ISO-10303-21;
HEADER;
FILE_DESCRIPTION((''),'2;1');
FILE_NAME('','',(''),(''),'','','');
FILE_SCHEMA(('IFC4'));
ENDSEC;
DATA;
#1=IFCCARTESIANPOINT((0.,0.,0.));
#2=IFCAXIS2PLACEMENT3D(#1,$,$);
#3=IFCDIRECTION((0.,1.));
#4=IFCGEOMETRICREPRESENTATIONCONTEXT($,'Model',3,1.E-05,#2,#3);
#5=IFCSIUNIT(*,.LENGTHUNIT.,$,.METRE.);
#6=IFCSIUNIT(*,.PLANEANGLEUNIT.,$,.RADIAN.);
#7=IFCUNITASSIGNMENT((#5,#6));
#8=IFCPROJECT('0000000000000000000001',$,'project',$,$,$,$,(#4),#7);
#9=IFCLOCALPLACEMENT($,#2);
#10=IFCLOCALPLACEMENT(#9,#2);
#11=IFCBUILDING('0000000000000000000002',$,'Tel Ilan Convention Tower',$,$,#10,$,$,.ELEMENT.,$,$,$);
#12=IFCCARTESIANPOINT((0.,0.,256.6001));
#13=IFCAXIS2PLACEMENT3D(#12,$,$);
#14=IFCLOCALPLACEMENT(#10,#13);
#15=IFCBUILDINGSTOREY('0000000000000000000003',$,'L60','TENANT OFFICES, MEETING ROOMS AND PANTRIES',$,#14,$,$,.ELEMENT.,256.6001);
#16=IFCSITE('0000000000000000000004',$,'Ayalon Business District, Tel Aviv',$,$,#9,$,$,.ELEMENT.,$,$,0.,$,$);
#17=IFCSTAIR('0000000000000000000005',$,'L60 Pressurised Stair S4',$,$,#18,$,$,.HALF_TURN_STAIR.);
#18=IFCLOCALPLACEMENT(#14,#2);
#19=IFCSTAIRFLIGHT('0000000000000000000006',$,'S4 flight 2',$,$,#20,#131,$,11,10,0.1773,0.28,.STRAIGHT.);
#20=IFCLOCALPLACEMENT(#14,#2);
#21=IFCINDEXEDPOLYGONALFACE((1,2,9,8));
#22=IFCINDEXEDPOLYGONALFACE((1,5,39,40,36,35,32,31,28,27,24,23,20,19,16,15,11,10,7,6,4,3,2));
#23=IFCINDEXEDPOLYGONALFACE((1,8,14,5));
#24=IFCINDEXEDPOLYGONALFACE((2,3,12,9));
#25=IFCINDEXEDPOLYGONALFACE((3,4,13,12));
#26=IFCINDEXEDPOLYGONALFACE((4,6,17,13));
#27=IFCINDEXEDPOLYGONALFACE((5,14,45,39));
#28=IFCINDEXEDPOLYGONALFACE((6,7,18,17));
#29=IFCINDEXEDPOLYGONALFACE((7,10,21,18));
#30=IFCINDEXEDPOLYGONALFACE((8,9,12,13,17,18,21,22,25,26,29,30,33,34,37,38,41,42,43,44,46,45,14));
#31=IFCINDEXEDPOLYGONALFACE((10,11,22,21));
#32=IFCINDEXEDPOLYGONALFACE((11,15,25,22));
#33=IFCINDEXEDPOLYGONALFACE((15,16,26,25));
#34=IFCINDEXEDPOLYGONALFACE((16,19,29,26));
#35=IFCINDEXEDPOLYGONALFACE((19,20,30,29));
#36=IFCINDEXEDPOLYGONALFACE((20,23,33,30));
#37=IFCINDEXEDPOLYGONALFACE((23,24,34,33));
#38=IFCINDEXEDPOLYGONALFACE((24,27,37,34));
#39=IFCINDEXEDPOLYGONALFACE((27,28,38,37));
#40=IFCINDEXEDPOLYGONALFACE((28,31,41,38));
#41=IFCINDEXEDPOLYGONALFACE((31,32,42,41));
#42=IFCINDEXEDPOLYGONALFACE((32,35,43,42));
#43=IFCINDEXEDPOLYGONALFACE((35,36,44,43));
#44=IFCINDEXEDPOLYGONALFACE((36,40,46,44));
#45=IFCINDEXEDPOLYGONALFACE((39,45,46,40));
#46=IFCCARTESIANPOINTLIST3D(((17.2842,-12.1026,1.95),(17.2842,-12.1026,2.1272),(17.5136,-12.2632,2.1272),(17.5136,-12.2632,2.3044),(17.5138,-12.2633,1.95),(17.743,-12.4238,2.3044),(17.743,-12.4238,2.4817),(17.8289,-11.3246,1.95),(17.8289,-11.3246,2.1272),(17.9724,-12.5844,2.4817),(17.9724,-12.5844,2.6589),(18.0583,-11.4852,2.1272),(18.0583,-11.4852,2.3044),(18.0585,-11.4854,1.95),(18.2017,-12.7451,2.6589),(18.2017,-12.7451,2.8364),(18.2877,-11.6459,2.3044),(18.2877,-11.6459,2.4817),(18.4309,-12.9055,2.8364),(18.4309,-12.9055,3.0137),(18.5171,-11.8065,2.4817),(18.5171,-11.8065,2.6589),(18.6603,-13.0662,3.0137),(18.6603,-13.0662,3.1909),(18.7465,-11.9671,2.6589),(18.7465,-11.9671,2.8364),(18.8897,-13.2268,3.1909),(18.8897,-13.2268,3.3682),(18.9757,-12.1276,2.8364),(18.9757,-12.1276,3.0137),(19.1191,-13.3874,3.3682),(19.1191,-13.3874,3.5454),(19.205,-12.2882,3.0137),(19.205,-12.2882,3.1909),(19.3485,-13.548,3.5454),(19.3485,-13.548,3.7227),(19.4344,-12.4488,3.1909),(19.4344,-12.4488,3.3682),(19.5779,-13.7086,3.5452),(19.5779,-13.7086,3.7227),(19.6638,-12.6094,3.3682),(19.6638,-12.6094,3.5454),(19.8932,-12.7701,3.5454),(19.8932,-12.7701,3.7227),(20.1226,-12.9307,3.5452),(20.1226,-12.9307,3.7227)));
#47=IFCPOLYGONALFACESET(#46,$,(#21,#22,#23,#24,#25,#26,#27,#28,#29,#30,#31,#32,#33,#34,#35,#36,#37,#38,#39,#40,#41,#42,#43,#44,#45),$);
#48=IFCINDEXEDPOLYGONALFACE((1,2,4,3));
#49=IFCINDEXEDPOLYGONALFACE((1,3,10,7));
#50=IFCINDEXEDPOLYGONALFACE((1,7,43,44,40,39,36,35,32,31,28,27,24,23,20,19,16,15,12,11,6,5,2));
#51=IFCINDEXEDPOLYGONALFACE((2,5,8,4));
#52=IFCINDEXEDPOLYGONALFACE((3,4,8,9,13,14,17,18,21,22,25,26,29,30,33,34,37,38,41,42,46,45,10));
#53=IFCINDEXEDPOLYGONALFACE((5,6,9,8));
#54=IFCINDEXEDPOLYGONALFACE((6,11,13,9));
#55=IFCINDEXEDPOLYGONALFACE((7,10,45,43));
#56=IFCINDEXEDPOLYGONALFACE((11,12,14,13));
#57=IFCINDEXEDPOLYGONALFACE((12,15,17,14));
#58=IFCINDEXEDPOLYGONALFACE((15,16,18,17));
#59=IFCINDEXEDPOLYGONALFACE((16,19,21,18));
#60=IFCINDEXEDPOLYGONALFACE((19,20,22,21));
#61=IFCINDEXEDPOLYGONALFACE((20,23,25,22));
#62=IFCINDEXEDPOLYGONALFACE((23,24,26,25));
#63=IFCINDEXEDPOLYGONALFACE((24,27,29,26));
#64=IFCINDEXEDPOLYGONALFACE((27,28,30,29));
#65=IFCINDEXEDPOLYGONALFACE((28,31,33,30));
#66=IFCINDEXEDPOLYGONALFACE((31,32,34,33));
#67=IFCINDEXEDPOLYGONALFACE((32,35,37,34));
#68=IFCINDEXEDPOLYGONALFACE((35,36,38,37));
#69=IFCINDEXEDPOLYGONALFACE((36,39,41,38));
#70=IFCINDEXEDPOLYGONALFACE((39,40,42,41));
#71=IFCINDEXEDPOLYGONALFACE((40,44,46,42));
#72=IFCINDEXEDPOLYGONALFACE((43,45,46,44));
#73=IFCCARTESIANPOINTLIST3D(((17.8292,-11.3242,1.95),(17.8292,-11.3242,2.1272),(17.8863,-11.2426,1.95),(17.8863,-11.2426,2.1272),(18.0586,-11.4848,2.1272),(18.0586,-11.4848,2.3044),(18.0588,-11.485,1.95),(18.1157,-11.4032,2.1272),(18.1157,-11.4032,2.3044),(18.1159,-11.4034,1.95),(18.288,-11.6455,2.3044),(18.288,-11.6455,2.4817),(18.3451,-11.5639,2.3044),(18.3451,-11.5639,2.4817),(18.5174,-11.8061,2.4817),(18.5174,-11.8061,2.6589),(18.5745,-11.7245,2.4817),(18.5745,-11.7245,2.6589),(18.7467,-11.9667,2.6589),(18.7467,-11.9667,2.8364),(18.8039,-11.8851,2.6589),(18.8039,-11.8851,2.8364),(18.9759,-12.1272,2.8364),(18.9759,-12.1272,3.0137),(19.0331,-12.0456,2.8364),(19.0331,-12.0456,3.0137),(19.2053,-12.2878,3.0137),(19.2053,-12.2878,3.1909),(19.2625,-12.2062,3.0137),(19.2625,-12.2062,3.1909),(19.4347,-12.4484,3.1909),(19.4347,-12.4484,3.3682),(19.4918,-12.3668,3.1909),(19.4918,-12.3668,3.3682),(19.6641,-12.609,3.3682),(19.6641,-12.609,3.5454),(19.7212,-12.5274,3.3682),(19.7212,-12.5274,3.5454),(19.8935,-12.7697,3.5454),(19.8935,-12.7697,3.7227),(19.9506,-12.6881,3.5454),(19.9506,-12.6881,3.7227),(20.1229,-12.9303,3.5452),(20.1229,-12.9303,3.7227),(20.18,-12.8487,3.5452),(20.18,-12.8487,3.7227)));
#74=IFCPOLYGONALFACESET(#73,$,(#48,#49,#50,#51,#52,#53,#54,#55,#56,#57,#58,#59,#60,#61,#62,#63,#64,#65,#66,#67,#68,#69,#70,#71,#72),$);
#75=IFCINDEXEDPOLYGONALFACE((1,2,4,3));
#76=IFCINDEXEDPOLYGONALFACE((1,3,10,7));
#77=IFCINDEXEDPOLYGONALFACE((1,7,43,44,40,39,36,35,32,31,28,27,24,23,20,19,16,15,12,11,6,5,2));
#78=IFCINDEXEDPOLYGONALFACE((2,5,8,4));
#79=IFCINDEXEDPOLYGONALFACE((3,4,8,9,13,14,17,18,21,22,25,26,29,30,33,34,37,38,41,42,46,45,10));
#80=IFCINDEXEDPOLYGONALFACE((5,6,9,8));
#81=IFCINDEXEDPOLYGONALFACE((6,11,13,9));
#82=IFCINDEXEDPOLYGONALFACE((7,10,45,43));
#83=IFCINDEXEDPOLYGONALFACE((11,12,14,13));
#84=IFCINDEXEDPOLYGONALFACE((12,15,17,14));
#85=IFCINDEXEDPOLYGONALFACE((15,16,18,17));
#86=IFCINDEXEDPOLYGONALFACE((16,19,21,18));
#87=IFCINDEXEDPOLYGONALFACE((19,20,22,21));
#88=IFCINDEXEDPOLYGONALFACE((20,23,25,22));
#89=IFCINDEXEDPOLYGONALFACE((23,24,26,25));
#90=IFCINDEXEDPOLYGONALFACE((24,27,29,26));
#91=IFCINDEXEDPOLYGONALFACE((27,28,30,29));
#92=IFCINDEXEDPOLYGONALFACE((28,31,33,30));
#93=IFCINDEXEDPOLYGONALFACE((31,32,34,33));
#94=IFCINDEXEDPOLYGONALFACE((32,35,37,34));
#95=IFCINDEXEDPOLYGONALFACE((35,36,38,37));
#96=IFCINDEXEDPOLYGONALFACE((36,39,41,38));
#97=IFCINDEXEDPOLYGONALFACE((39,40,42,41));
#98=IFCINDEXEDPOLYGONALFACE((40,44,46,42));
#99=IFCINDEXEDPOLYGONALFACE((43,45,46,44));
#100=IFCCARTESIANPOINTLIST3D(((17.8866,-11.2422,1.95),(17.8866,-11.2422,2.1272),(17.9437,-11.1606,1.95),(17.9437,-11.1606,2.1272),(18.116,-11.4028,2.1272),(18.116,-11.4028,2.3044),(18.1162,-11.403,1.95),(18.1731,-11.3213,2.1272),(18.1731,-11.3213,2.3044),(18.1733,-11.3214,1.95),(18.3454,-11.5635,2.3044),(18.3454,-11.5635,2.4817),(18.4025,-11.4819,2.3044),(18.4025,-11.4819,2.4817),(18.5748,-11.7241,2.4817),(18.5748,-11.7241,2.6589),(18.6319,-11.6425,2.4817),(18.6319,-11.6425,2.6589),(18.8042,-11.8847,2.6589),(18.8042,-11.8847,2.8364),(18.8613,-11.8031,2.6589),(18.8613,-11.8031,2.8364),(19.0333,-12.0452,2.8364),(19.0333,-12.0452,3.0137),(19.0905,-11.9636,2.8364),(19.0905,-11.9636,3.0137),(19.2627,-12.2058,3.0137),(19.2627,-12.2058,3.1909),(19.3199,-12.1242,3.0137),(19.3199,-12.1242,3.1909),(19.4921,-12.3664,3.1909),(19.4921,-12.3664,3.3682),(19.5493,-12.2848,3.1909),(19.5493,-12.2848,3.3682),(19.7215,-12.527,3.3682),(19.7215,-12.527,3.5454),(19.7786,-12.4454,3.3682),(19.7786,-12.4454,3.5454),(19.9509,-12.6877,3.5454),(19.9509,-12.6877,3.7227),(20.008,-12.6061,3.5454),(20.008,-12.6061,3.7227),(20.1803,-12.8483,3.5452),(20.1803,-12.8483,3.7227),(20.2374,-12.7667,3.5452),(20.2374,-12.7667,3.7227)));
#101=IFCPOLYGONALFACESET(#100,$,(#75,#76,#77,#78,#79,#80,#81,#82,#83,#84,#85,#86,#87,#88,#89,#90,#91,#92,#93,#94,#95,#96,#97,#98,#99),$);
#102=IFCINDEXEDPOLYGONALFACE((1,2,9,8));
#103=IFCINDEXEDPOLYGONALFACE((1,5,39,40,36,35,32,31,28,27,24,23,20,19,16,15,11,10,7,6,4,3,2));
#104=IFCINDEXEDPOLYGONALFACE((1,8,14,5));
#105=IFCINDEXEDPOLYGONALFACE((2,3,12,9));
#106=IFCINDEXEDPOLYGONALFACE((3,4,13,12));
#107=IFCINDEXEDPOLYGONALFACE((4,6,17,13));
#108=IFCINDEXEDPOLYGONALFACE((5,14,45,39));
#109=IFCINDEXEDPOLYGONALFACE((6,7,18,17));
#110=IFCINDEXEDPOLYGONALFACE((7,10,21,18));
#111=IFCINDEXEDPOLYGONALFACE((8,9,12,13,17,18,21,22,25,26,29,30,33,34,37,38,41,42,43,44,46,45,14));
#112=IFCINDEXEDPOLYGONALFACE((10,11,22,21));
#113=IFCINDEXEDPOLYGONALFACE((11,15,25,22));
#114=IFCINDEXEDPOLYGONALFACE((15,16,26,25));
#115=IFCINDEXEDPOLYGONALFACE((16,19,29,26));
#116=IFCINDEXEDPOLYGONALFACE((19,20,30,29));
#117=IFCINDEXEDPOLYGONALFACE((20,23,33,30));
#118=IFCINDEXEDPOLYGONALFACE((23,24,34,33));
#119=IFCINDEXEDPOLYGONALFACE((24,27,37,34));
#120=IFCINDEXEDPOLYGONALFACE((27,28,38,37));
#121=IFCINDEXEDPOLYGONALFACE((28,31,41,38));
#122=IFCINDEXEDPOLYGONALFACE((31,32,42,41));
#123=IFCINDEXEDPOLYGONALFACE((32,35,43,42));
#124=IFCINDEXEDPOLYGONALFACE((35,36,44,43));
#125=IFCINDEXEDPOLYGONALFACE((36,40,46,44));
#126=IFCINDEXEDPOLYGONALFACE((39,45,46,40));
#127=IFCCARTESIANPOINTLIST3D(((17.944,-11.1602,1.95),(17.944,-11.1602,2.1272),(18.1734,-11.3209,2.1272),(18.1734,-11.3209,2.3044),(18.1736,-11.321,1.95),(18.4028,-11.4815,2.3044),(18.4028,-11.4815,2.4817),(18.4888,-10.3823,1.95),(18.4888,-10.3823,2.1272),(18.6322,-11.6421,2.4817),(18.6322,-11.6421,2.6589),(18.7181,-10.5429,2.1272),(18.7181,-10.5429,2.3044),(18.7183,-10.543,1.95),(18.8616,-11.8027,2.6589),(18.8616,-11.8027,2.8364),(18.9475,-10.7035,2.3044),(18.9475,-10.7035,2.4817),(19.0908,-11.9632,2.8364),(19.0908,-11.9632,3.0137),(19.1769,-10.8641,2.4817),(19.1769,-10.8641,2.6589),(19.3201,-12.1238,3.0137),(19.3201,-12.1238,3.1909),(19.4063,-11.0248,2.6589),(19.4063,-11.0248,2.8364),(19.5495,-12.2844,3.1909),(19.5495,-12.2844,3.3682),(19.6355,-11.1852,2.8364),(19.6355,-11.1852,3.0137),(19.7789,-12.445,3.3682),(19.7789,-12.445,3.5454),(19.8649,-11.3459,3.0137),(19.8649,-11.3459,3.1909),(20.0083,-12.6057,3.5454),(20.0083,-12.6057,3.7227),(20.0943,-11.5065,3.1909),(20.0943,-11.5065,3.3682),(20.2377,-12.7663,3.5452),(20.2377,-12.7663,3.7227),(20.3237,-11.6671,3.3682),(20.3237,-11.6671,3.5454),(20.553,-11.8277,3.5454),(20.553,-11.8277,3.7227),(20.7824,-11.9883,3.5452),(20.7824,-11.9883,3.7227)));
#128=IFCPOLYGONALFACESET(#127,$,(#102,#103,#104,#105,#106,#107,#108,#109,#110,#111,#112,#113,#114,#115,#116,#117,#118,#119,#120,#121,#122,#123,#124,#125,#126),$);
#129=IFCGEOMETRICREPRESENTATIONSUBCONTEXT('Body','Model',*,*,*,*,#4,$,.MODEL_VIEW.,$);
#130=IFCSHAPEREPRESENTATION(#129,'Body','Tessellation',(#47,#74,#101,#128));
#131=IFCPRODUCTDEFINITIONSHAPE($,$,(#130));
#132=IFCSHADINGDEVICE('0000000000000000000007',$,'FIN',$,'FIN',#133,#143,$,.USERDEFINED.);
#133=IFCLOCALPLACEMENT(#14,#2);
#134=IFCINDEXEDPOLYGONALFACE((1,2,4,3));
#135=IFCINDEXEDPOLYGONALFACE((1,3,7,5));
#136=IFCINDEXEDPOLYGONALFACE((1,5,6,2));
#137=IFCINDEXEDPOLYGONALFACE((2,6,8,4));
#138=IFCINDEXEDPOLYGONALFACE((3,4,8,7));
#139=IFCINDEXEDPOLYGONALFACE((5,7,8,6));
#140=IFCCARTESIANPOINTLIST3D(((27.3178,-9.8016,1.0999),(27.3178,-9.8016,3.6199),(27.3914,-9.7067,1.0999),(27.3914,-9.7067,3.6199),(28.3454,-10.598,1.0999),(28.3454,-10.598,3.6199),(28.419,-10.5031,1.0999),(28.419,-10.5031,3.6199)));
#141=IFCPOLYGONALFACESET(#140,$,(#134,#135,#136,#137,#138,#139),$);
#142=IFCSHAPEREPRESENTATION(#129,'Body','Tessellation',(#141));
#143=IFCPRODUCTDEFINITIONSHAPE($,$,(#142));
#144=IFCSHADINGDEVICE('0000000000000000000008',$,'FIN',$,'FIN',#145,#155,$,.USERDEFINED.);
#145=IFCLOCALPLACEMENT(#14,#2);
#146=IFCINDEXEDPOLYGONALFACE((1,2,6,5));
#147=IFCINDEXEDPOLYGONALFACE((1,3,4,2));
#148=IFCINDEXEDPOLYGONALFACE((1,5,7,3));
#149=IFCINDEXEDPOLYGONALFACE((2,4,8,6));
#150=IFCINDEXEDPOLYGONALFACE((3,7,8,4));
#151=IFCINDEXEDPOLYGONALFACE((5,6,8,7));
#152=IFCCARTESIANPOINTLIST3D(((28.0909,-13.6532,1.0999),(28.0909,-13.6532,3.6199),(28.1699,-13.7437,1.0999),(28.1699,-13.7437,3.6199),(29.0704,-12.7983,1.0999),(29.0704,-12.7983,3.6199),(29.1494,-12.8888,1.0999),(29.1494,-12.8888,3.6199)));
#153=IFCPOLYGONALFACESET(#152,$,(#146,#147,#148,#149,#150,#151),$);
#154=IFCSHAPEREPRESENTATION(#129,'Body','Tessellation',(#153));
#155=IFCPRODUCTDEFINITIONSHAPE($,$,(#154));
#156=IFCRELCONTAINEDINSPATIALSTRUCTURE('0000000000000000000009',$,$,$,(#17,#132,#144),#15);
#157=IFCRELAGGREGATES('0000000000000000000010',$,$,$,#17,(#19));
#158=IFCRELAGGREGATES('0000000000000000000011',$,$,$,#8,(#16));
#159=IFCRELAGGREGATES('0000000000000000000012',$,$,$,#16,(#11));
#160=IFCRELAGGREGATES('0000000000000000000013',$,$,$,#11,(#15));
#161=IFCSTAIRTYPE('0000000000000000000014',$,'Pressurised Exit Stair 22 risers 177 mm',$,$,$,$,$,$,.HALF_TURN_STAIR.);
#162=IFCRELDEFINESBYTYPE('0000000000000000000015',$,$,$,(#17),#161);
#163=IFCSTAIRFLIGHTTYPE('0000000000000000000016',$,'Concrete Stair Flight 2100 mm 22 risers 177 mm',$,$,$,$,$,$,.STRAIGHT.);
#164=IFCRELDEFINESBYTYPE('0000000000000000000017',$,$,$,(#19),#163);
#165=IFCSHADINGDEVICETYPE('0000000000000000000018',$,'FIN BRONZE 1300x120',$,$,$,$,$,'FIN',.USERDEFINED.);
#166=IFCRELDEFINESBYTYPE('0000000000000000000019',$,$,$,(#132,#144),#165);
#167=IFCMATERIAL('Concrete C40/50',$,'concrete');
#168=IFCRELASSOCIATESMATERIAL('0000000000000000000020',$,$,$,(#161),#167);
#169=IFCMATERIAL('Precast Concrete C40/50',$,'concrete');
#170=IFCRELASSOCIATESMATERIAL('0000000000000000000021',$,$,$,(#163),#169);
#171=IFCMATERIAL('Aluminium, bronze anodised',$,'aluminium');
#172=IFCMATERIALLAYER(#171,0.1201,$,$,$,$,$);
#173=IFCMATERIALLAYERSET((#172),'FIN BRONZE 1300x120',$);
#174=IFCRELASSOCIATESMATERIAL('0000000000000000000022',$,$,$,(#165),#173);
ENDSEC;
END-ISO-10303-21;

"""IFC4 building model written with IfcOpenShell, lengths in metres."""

from ifc_helpers import new_model, si_unit, direction, frame, origin, origin_2d, place, context, subcontext, project, spatial, polyline, rectangle, outline, extrude, material, layer, layer_set, type_object, element, aggregate, save


model = new_model("IFC4")

# Units and contexts
model_context = context("Model", 3, precision=1e-05, world=origin(), true_north=direction((0.0, 1.0)))
body_context = subcontext(model_context, "Body", "Model", "MODEL_VIEW")
ifc_project = project(units=[si_unit("LENGTHUNIT", "METRE"), si_unit("PLANEANGLEUNIT", "RADIAN")], contexts=[model_context])

# Site, building, storey
site_placement = place(None, origin())
site = spatial("IfcSite", under=ifc_project, at=site_placement, Name="Ayalon Business District, Tel Aviv", CompositionType="ELEMENT", RefElevation=0.0)
building_placement = place(site_placement, origin())
building = spatial("IfcBuilding", under=site, at=building_placement, Name="Tel Ilan Convention Tower", CompositionType="ELEMENT")
storey_placement = place(building_placement, frame((0.0, 0.0, 256.6001)))
storey = spatial("IfcBuildingStorey", under=building, at=storey_placement, Name="L60", Description="TENANT OFFICES, MEETING ROOMS AND PANTRIES", CompositionType="ELEMENT", Elevation=256.6001)

# Stair, stair flight
ifc_material_1 = material(Name="Concrete C40/50", Category="concrete")
stair_type = type_object("IfcStairType", Name="Pressurised Exit Stair 22 risers 177 mm", PredefinedType="HALF_TURN_STAIR", material=ifc_material_1)
stair_placement = place(storey_placement, origin())
stair = element("IfcStair", 1, at=stair_placement, inside=storey, type_object=stair_type, Name="L60 Pressurised Stair S4", PredefinedType="HALF_TURN_STAIR")
ifc_material_2 = material(Name="Precast Concrete C40/50", Category="concrete")
stair_flight_type = type_object("IfcStairFlightType", Name="Concrete Stair Flight 2100 mm 22 risers 177 mm", PredefinedType="STRAIGHT", material=ifc_material_2)
stair_flight_1_placement = place(storey_placement, frame((17.8865, -11.2424, 1.95), z_axis=(0.0, 0.0, 1.0), x_axis=(0.819152, -0.573576, 0.0)))
stair_flight_1 = element("IfcStairFlight", 2, at=stair_flight_1_placement, type_object=stair_flight_type, Name="S4 flight 2", NumberOfRisers=11, NumberOfTreads=10, PredefinedType="STRAIGHT", RiserHeight=0.1773, TreadLength=0.28, context=body_context, shape_type="SweptSolid", body=[
    extrude(outline(polyline([(0.0, 0.0), (0.0, 0.1772), (0.28, 0.1772), (0.28, 0.3545), (0.5601, 0.3545), (0.5601, 0.5317), (0.8401, 0.5317), (0.8401, 0.709), (1.1201, 0.709), (1.1201, 0.8865), (1.3999, 0.8865), (1.3999, 1.0637), (1.6799, 1.0637), (1.6799, 1.241), (1.96, 1.241), (1.96, 1.4182), (2.24, 1.4182), (2.24, 1.5955), (2.52, 1.5955), (2.52, 1.7727), (2.8, 1.7727), (2.8, 1.95), (2.8, 1.5952), (0.2803, 0.0), (0.0, 0.0)])), frame((0.0, -0.1003, 0.0), z_axis=(0.0, -1.0, 0.0), x_axis=(1.0, 0.0, 0.0)), (0.0, 0.0, 1.0), 0.9497),
    extrude(outline(polyline([(0.0, 0.0), (0.0, 0.1772), (0.28, 0.1772), (0.28, 0.3545), (0.5601, 0.3545), (0.5601, 0.5317), (0.8401, 0.5317), (0.8401, 0.709), (1.1201, 0.709), (1.1201, 0.8865), (1.3999, 0.8865), (1.3999, 1.0637), (1.6799, 1.0637), (1.6799, 1.241), (1.96, 1.241), (1.96, 1.4182), (2.24, 1.4182), (2.24, 1.5955), (2.52, 1.5955), (2.52, 1.7727), (2.8, 1.7727), (2.8, 1.95), (2.8, 1.5952), (0.2803, 0.0), (0.0, 0.0)])), frame((0.0, -0.0002, 0.0), z_axis=(0.0, -1.0, 0.0), x_axis=(1.0, 0.0, 0.0)), (0.0, 0.0, 1.0), 0.0996),
    extrude(outline(polyline([(0.0, 0.0), (0.0, 0.1772), (0.28, 0.1772), (0.28, 0.3545), (0.5601, 0.3545), (0.5601, 0.5317), (0.8401, 0.5317), (0.8401, 0.709), (1.1201, 0.709), (1.1201, 0.8865), (1.3999, 0.8865), (1.3999, 1.0637), (1.6799, 1.0637), (1.6799, 1.241), (1.96, 1.241), (1.96, 1.4182), (2.24, 1.4182), (2.24, 1.5955), (2.52, 1.5955), (2.52, 1.7727), (2.8, 1.7727), (2.8, 1.95), (2.8, 1.5952), (0.2803, 0.0), (0.0, 0.0)])), frame((0.0, 0.0999, 0.0), z_axis=(0.0, -1.0, 0.0), x_axis=(1.0, 0.0, 0.0)), (0.0, 0.0, 1.0), 0.0996),
    extrude(outline(polyline([(0.0, 0.0), (0.0, 0.1772), (0.28, 0.1772), (0.28, 0.3545), (0.5601, 0.3545), (0.5601, 0.5317), (0.8401, 0.5317), (0.8401, 0.709), (1.1201, 0.709), (1.1201, 0.8865), (1.3999, 0.8865), (1.3999, 1.0637), (1.6799, 1.0637), (1.6799, 1.241), (1.96, 1.241), (1.96, 1.4182), (2.24, 1.4182), (2.24, 1.5955), (2.52, 1.5955), (2.52, 1.7727), (2.8, 1.7727), (2.8, 1.95), (2.8, 1.5952), (0.2803, 0.0), (0.0, 0.0)])), frame((0.0, 1.05, 0.0), z_axis=(0.0, -1.0, 0.0), x_axis=(1.0, 0.0, 0.0)), (0.0, 0.0, 1.0), 0.9497),
])
aggregate(stair, [stair_flight_1])

# Shading devices
ifc_material_3 = material(Name="Aluminium, bronze anodised", Category="aluminium")
ifc_layer_1 = layer(ifc_material_3, 0.1201)
ifc_layer_set_1 = layer_set([ifc_layer_1], Name="FIN BRONZE 1300x120")
shading_device_type = type_object("IfcShadingDeviceType", Name="FIN BRONZE 1300x120", ElementType="FIN", PredefinedType="USERDEFINED", material=ifc_layer_set_1)
for number, where, z_axis, x_axis, name in (
    (3, (27.8684, -10.1523, 1.0999), (0.0, 0.0, 1.0), (0.790393, -0.612601, 0.0), "FIN"),
    (4, (28.6201, -13.271, 1.0999), (0.0, 0.0, 1.0), (0.753436, 0.657521, 0.0), "FIN"),
):
    element("IfcShadingDevice", number, at=place(storey_placement, frame(where, z_axis=z_axis, x_axis=x_axis)), inside=storey, type_object=shading_device_type, Name=name, ObjectType="FIN", PredefinedType="USERDEFINED", context=body_context, shape_type="SweptSolid", body=[
        extrude(rectangle(XDim=1.3, YDim=0.1201, at=origin_2d()), origin(), (0.0, 0.0, 1.0), 2.52),
    ])

save(model, "model.ifc")
